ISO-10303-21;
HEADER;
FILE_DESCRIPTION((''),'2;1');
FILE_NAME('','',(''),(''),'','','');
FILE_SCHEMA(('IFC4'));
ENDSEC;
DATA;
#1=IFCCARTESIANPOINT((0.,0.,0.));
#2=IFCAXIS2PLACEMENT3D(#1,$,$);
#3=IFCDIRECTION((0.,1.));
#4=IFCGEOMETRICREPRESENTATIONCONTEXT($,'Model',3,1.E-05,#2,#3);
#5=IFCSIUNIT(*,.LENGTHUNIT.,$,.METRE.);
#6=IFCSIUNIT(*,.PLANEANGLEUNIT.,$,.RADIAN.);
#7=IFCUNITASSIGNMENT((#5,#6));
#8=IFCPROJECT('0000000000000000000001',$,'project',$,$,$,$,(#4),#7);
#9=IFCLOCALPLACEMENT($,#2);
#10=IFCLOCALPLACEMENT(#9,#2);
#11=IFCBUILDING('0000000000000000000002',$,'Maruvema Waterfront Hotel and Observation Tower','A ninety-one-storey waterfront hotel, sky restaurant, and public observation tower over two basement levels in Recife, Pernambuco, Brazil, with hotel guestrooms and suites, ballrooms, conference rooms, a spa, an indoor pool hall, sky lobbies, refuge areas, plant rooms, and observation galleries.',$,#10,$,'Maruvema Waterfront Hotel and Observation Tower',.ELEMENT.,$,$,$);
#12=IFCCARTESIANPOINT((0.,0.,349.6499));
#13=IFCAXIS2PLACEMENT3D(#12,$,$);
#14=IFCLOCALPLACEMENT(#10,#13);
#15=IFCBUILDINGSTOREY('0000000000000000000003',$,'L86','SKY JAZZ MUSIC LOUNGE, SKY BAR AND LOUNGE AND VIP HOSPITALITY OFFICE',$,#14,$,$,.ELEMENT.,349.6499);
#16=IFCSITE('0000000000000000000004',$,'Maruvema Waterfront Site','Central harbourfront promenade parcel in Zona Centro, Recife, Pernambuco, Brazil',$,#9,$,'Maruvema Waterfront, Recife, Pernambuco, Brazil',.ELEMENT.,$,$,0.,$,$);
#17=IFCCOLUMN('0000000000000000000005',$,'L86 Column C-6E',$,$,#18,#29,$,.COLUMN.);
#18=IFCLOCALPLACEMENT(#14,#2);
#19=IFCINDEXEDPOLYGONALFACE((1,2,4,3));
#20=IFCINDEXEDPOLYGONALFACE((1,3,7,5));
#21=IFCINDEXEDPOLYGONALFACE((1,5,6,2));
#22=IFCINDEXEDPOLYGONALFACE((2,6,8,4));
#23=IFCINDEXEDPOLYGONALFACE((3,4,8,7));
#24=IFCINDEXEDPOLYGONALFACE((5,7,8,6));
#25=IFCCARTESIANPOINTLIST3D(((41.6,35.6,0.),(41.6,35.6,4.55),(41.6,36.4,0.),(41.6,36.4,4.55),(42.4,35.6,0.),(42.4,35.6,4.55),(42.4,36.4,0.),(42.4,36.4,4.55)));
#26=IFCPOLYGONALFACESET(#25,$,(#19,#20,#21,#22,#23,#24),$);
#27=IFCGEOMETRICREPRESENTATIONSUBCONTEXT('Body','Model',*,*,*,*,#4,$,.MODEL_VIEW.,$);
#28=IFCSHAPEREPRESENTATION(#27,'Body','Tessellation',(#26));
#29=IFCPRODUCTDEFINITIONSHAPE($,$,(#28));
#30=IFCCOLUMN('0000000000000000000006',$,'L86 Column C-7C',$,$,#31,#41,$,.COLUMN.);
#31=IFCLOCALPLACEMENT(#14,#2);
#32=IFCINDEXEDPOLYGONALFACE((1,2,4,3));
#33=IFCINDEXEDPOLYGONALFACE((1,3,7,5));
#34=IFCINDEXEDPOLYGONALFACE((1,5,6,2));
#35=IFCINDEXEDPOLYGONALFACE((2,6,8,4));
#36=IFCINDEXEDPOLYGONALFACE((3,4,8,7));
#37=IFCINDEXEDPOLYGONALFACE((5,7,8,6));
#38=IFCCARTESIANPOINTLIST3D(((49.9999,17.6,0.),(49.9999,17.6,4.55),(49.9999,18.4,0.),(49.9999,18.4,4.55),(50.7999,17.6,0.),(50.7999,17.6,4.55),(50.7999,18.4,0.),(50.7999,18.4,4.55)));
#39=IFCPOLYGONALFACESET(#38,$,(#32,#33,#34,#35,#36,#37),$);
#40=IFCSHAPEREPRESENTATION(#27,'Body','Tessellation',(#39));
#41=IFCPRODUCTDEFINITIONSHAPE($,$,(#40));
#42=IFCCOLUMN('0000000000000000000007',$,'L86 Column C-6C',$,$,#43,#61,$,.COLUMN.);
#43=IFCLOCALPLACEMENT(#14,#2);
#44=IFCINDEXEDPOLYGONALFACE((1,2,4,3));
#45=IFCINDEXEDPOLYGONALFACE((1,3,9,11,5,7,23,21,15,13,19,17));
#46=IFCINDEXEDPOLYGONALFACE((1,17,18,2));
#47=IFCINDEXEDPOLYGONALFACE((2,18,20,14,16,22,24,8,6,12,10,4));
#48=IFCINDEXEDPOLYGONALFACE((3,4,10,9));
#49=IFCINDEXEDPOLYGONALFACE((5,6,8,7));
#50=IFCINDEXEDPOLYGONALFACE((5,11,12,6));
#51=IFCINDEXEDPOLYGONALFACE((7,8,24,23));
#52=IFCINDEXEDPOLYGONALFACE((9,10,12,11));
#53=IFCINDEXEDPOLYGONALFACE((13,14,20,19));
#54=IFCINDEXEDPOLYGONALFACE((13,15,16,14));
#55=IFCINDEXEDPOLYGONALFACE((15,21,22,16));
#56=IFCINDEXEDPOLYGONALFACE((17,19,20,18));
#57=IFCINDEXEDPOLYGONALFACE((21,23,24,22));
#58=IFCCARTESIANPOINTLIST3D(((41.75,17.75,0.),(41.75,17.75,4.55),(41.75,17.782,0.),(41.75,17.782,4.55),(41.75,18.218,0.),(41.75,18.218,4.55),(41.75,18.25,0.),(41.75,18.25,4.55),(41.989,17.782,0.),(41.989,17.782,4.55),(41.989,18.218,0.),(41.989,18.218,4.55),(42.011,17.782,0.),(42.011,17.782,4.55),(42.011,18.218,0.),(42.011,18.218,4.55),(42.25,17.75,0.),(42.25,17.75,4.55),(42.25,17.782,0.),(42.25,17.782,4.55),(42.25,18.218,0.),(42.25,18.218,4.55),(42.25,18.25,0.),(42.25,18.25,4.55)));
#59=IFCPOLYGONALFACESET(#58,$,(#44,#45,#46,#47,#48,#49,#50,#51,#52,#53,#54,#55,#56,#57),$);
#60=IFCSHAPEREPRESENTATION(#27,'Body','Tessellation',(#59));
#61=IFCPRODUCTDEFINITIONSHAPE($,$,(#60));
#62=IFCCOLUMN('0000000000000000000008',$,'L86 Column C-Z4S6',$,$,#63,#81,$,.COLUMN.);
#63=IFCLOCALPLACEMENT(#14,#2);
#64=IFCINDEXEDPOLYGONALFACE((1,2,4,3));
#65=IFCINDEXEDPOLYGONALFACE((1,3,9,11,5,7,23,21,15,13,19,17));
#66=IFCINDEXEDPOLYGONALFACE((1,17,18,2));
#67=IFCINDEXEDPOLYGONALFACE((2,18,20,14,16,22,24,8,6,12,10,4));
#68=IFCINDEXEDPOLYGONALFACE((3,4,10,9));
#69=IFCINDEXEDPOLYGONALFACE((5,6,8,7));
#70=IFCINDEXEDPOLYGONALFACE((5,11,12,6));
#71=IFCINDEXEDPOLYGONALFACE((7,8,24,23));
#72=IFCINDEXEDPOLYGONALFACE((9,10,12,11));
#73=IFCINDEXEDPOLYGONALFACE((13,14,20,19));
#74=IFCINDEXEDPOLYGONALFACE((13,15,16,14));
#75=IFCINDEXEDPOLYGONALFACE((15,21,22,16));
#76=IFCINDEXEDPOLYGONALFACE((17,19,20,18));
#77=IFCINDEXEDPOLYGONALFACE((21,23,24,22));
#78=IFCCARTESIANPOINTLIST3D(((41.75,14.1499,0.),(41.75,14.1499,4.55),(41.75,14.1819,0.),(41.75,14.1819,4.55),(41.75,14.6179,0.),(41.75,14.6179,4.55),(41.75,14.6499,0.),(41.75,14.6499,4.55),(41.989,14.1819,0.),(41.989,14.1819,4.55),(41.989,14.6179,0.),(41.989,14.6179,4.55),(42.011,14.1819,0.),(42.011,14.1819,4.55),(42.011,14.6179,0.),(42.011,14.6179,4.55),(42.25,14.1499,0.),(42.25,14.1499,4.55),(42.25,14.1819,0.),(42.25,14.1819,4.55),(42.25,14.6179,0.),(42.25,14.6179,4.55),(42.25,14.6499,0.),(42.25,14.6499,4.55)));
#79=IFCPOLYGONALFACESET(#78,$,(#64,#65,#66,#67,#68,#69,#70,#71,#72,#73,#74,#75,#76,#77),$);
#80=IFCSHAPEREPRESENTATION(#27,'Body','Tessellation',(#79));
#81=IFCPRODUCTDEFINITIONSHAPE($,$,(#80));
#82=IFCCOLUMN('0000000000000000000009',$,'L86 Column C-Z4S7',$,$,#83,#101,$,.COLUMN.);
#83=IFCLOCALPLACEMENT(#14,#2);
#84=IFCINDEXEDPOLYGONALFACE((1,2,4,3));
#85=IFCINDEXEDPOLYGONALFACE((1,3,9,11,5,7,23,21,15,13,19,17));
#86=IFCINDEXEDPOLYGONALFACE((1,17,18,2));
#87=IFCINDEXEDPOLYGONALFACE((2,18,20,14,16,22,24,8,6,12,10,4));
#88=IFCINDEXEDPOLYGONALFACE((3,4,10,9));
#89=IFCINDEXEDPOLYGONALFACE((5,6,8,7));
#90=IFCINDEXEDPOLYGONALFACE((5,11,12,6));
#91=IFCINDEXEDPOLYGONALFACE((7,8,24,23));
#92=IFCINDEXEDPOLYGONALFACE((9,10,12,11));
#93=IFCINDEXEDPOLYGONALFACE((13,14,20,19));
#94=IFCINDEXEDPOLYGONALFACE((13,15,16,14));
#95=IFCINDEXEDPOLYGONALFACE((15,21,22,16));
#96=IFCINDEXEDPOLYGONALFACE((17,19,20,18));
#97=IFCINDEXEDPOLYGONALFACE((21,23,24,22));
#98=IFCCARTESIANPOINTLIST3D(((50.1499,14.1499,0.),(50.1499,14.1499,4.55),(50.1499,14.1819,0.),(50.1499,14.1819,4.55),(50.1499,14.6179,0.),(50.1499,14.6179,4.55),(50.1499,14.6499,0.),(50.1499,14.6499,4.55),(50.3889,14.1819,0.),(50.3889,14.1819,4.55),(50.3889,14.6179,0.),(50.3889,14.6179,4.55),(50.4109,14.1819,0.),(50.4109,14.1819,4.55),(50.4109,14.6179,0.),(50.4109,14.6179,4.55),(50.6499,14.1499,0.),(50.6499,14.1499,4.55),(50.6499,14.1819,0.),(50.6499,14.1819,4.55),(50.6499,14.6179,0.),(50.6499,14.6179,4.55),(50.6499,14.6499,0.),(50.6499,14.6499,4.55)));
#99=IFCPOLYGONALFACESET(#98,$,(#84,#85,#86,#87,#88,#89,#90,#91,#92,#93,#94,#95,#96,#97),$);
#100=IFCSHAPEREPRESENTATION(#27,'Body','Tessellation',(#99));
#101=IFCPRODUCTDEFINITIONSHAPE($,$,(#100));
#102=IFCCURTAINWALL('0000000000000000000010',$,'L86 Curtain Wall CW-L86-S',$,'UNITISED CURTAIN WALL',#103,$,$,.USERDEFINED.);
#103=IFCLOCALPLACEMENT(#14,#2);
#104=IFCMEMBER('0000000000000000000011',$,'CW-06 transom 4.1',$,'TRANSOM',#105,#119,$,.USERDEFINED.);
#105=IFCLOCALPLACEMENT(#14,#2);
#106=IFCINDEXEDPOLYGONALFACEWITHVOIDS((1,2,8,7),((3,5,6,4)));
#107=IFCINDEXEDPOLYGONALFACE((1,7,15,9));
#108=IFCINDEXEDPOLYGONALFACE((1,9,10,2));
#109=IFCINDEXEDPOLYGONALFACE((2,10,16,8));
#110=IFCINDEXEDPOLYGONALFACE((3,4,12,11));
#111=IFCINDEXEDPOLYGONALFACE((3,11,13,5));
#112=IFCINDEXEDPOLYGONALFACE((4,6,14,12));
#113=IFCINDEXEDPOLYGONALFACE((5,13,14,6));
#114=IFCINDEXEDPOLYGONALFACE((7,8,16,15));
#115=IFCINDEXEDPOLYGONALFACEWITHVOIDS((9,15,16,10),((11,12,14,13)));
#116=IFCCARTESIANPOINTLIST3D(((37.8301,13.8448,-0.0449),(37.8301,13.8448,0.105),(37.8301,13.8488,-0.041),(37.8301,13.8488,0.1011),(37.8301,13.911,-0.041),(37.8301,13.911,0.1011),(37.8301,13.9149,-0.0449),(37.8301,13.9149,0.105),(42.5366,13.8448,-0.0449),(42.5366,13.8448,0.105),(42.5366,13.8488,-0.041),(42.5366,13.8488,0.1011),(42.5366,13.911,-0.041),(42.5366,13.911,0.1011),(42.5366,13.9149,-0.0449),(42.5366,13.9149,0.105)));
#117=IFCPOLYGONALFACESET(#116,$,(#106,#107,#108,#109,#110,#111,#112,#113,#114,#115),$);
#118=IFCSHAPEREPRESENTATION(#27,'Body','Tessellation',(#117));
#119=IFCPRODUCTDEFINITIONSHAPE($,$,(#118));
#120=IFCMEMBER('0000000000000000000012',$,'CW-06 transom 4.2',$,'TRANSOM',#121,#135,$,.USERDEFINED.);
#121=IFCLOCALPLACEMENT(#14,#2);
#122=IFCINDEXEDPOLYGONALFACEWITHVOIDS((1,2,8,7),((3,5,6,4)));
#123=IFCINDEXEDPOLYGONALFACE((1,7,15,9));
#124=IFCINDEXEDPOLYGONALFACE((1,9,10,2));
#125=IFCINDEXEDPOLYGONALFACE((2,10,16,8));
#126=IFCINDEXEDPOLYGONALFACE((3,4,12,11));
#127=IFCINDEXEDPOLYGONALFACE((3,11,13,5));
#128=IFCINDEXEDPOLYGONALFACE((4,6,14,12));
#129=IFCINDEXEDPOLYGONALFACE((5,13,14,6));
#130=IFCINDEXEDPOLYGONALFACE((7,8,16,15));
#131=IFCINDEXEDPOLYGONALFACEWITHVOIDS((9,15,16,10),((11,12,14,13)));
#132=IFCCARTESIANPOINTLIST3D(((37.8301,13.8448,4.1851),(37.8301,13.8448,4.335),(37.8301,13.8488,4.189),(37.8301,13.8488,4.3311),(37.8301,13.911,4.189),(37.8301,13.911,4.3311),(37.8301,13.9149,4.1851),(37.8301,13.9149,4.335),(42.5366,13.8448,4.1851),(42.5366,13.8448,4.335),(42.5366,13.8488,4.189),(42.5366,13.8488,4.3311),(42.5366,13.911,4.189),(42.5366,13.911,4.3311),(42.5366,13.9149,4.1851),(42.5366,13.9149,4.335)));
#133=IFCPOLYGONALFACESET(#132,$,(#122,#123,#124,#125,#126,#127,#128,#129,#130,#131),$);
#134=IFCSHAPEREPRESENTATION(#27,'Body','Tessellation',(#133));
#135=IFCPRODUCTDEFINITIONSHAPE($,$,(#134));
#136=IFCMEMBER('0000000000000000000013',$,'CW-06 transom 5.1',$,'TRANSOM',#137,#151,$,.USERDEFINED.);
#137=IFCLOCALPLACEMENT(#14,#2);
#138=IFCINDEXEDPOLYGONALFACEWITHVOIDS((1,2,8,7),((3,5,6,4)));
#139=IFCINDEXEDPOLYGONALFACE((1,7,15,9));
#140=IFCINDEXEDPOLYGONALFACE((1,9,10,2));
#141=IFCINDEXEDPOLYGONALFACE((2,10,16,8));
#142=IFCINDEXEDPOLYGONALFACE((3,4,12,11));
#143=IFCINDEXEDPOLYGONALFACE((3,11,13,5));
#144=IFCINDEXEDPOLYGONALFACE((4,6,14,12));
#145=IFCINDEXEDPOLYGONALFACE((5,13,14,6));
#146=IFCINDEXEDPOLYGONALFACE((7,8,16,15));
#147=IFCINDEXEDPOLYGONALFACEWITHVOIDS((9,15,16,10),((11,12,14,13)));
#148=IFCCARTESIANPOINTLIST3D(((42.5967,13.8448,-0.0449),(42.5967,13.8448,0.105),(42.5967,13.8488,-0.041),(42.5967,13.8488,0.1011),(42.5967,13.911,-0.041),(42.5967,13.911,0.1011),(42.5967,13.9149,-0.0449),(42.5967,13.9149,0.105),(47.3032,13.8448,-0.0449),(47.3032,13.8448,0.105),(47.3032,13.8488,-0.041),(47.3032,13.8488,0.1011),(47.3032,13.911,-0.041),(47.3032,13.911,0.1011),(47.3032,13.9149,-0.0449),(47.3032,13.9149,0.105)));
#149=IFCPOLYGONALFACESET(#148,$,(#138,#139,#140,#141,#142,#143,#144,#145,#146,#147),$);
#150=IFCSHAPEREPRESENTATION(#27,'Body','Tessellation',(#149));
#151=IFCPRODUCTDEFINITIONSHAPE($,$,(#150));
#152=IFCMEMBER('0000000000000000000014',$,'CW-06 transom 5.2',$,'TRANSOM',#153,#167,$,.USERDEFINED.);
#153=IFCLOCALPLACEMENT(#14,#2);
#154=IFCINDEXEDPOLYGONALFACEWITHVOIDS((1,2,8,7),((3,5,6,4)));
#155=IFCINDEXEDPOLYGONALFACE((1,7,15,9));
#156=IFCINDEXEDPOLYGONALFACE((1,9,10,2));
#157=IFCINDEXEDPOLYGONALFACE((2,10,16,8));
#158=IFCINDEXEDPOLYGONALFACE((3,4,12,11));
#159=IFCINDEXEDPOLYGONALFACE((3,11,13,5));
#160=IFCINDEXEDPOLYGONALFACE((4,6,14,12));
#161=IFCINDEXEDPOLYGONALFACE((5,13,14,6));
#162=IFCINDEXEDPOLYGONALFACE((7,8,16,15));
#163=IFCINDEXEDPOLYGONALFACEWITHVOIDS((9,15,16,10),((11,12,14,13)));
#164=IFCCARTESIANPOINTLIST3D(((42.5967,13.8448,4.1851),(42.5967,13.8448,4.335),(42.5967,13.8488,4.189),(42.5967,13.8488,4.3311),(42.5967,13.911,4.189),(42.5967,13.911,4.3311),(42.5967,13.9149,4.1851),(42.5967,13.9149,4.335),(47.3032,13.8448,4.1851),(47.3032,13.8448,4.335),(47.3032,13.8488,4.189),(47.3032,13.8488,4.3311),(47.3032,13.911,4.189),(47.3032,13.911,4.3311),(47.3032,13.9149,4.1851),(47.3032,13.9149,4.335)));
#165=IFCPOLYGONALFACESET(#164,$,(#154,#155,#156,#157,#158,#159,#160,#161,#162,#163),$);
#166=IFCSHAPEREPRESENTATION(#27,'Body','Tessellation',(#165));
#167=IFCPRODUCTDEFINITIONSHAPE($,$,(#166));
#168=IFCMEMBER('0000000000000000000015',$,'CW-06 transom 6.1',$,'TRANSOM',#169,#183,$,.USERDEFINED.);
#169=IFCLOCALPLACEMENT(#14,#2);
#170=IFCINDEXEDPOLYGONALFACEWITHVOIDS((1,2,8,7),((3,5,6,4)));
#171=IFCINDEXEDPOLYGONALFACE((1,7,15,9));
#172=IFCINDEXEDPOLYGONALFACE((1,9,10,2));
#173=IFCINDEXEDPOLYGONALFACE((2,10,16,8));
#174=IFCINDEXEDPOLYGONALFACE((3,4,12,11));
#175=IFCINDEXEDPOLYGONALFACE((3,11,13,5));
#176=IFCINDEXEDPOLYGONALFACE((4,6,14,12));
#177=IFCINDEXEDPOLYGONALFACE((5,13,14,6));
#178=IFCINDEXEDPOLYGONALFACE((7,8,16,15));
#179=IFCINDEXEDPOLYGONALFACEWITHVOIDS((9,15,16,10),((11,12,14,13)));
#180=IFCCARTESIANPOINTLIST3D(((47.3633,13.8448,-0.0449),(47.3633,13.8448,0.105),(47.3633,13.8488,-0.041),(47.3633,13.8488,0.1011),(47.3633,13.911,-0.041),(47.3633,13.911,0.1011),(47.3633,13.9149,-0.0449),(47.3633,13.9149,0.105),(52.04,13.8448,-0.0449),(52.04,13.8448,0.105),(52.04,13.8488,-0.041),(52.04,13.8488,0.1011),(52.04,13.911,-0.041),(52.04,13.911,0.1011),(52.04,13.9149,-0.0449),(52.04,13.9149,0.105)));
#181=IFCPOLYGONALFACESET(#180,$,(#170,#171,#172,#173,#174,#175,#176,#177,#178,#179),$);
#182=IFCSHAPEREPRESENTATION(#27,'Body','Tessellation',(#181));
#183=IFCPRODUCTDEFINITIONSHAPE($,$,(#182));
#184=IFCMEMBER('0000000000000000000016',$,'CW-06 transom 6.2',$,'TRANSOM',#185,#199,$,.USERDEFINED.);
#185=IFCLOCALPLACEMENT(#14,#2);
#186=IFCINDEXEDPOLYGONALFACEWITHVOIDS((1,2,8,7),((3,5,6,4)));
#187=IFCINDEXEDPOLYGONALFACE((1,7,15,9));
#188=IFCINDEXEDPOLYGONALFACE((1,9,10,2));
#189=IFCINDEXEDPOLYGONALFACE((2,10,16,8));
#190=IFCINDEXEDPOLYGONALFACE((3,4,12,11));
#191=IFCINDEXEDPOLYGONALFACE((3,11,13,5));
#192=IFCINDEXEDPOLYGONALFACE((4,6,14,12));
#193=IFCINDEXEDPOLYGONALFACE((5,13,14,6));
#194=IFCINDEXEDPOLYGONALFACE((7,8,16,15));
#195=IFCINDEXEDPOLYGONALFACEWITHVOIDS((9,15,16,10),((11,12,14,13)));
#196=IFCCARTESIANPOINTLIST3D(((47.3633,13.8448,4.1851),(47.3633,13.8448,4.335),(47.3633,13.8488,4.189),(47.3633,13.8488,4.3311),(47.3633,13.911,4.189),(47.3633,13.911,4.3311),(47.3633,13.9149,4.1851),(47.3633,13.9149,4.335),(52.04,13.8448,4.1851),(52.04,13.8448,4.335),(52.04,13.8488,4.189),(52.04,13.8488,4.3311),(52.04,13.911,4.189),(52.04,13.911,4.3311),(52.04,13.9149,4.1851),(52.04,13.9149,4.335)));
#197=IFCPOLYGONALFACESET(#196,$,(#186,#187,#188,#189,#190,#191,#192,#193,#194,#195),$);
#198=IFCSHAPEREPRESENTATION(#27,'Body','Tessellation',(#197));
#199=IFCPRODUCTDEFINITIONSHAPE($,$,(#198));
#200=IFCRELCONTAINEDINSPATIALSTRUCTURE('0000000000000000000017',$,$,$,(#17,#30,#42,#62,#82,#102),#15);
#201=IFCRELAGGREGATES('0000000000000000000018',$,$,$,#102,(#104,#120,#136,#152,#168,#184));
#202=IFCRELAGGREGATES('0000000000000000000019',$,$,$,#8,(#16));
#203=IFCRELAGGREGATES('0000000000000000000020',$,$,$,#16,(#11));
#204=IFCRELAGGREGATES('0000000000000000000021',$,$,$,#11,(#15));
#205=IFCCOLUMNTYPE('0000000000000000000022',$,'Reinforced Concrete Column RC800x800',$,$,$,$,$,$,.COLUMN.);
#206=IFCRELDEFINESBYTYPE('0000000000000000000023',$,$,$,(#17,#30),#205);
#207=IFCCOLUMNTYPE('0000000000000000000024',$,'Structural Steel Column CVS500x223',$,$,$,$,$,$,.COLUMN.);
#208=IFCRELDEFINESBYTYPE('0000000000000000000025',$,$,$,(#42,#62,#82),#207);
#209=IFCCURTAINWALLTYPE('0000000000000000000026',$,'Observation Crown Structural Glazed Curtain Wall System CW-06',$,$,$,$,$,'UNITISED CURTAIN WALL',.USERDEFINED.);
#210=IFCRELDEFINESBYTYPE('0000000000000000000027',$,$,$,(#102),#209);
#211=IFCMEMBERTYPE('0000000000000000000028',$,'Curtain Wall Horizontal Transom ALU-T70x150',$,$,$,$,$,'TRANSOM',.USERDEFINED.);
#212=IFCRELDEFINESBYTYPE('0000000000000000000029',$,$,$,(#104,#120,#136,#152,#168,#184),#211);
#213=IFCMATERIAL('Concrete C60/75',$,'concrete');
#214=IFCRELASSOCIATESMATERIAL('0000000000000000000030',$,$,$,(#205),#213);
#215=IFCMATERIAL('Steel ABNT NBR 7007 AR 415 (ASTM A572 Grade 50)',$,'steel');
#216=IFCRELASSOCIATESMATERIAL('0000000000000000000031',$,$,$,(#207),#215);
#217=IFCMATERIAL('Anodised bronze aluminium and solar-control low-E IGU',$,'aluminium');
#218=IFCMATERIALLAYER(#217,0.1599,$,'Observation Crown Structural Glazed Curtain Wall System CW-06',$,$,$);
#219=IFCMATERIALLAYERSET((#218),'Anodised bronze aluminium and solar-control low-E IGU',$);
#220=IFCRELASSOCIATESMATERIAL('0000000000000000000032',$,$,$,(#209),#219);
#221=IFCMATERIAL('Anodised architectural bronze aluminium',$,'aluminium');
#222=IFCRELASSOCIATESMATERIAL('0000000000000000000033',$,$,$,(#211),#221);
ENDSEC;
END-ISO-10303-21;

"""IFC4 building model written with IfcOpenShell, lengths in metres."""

from ifc_helpers import new_model, si_unit, direction, frame, origin, origin_2d, place, context, subcontext, project, spatial, rectangle, hollow_rectangle, i_section, extrude, material, layer, layer_set, material_profile, profile_set, type_object, element, aggregate, save


model = new_model("IFC4")

# Units and contexts
model_context = context("Model", 3, precision=1e-05, world=origin(), true_north=direction((0.0, 1.0)))
body_context = subcontext(model_context, "Body", "Model", "MODEL_VIEW")
ifc_project = project(units=[si_unit("LENGTHUNIT", "METRE"), si_unit("PLANEANGLEUNIT", "RADIAN")], contexts=[model_context])

# Site, building, storey
site_placement = place(None, origin())
site = spatial("IfcSite", under=ifc_project, at=site_placement, Name="Maruvema Waterfront Site", Description="Central harbourfront promenade parcel in Zona Centro, Recife, Pernambuco, Brazil", LongName="Maruvema Waterfront, Recife, Pernambuco, Brazil", CompositionType="ELEMENT", RefElevation=0.0)
building_placement = place(site_placement, origin())
building = spatial("IfcBuilding", under=site, at=building_placement, Name="Maruvema Waterfront Hotel and Observation Tower", Description="A ninety-one-storey waterfront hotel, sky restaurant, and public observation tower over two basement levels in Recife, Pernambuco, Brazil, with hotel guestrooms and suites, ballrooms, conference rooms, a spa, an indoor pool hall, sky lobbies, refuge areas, plant rooms, and observation galleries.", LongName="Maruvema Waterfront Hotel and Observation Tower", CompositionType="ELEMENT")
storey_placement = place(building_placement, frame((0.0, 0.0, 349.6499)))
storey = spatial("IfcBuildingStorey", under=building, at=storey_placement, Name="L86", Description="SKY JAZZ MUSIC LOUNGE, SKY BAR AND LOUNGE AND VIP HOSPITALITY OFFICE", CompositionType="ELEMENT", Elevation=349.6499)

# Columns
ifc_material_1 = material(Name="Concrete C60/75", Category="concrete")
ifc_material_profile_1 = material_profile(ifc_material_1, rectangle(XDim=0.8, YDim=0.8, at=origin_2d()), Name="RC800x800")
ifc_profile_set_1 = profile_set([ifc_material_profile_1], Name="Concrete C60/75")
column_type_1 = type_object("IfcColumnType", Name="Reinforced Concrete Column RC800x800", PredefinedType="COLUMN", material=ifc_profile_set_1)
for number, where, z_axis, x_axis, name in (
    (1, (42.0, 36.0, 0.0), (0.0, 0.0, 1.0), (1.0, 0.0, 0.0), "L86 Column C-6E"),
    (2, (50.3999, 18.0, 0.0), (0.0, 0.0, 1.0), (1.0, 0.0, 0.0), "L86 Column C-7C"),
):
    element("IfcColumn", number, at=place(storey_placement, frame(where, z_axis=z_axis, x_axis=x_axis)), inside=storey, type_object=column_type_1, Name=name, PredefinedType="COLUMN", context=body_context, shape_type="SweptSolid", body=[
        extrude(rectangle(XDim=0.8, YDim=0.8, at=origin_2d()), origin(), (0.0, 0.0, 1.0), 4.55),
    ])
ifc_material_2 = material(Name="Steel ABNT NBR 7007 AR 415 (ASTM A572 Grade 50)", Category="steel")
ifc_material_profile_2 = material_profile(ifc_material_2, i_section(OverallWidth=0.5, OverallDepth=0.5, WebThickness=0.022, FlangeThickness=0.032, at=origin_2d()), Name="CVS500x223")
ifc_profile_set_2 = profile_set([ifc_material_profile_2], Name="Steel ABNT NBR 7007 AR 415 (ASTM A572 Grade 50)")
column_type_2 = type_object("IfcColumnType", Name="Structural Steel Column CVS500x223", PredefinedType="COLUMN", material=ifc_profile_set_2)
for number, where, z_axis, x_axis, name in (
    (3, (42.0, 18.0, 0.0), (0.0, 0.0, 1.0), (1.0, 0.0, 0.0), "L86 Column C-6C"),
    (4, (42.0, 14.3999, 0.0), (0.0, 0.0, 1.0), (1.0, 0.0, 0.0), "L86 Column C-Z4S6"),
    (5, (50.3999, 14.3999, 0.0), (0.0, 0.0, 1.0), (1.0, 0.0, 0.0), "L86 Column C-Z4S7"),
):
    element("IfcColumn", number, at=place(storey_placement, frame(where, z_axis=z_axis, x_axis=x_axis)), inside=storey, type_object=column_type_2, Name=name, PredefinedType="COLUMN", context=body_context, shape_type="SweptSolid", body=[
        extrude(i_section(OverallWidth=0.5, OverallDepth=0.5, WebThickness=0.022, FlangeThickness=0.032, at=origin_2d()), origin(), (0.0, 0.0, 1.0), 4.55),
    ])

# Curtain wall, members
ifc_material_3 = material(Name="Anodised bronze aluminium and solar-control low-E IGU", Category="aluminium")
ifc_layer_1 = layer(ifc_material_3, 0.1599, Name="Observation Crown Structural Glazed Curtain Wall System CW-06")
ifc_layer_set_1 = layer_set([ifc_layer_1], Name="Anodised bronze aluminium and solar-control low-E IGU")
curtain_wall_type = type_object("IfcCurtainWallType", Name="Observation Crown Structural Glazed Curtain Wall System CW-06", ElementType="UNITISED CURTAIN WALL", PredefinedType="USERDEFINED", material=ifc_layer_set_1)
curtain_wall_placement = place(storey_placement, origin())
curtain_wall = element("IfcCurtainWall", 6, at=curtain_wall_placement, inside=storey, type_object=curtain_wall_type, Name="L86 Curtain Wall CW-L86-S", ObjectType="UNITISED CURTAIN WALL", PredefinedType="USERDEFINED")
ifc_material_4 = material(Name="Anodised architectural bronze aluminium", Category="aluminium")
ifc_material_profile_3 = material_profile(ifc_material_4, hollow_rectangle(XDim=0.0701, YDim=0.1499, WallThickness=0.0039, at=origin_2d()), Name="ALU-T70x150")
ifc_profile_set_3 = profile_set([ifc_material_profile_3], Name="Anodised architectural bronze aluminium")
member_type_1 = type_object("IfcMemberType", Name="Curtain Wall Horizontal Transom ALU-T70x150", ElementType="TRANSOM", PredefinedType="USERDEFINED", material=ifc_profile_set_3)
member_1_placement = place(storey_placement, frame((37.8301, 13.8799, 0.03), z_axis=(1.0, 0.0, 0.0), x_axis=(0.0, 1.0, 0.0)))
member_1 = element("IfcMember", 7, at=member_1_placement, type_object=member_type_1, Name="CW-06 transom 4.1", ObjectType="TRANSOM", PredefinedType="USERDEFINED", context=body_context, shape_type="SweptSolid", body=[
    extrude(hollow_rectangle(XDim=0.0701, YDim=0.1499, WallThickness=0.0039, at=origin_2d()), origin(), (0.0, 0.0, 1.0), 4.7065),
])
member_2_placement = place(storey_placement, frame((37.8301, 13.8799, 4.26), z_axis=(1.0, 0.0, 0.0), x_axis=(0.0, 1.0, 0.0)))
member_2 = element("IfcMember", 8, at=member_2_placement, type_object=member_type_1, Name="CW-06 transom 4.2", ObjectType="TRANSOM", PredefinedType="USERDEFINED", context=body_context, shape_type="SweptSolid", body=[
    extrude(hollow_rectangle(XDim=0.0701, YDim=0.1499, WallThickness=0.0039, at=origin_2d()), origin(), (0.0, 0.0, 1.0), 4.7065),
])
member_3_placement = place(storey_placement, frame((42.5967, 13.8799, 0.03), z_axis=(1.0, 0.0, 0.0), x_axis=(0.0, 1.0, 0.0)))
member_3 = element("IfcMember", 9, at=member_3_placement, type_object=member_type_1, Name="CW-06 transom 5.1", ObjectType="TRANSOM", PredefinedType="USERDEFINED", context=body_context, shape_type="SweptSolid", body=[
    extrude(hollow_rectangle(XDim=0.0701, YDim=0.1499, WallThickness=0.0039, at=origin_2d()), origin(), (0.0, 0.0, 1.0), 4.7065),
])
member_4_placement = place(storey_placement, frame((42.5967, 13.8799, 4.26), z_axis=(1.0, 0.0, 0.0), x_axis=(0.0, 1.0, 0.0)))
member_4 = element("IfcMember", 10, at=member_4_placement, type_object=member_type_1, Name="CW-06 transom 5.2", ObjectType="TRANSOM", PredefinedType="USERDEFINED", context=body_context, shape_type="SweptSolid", body=[
    extrude(hollow_rectangle(XDim=0.0701, YDim=0.1499, WallThickness=0.0039, at=origin_2d()), origin(), (0.0, 0.0, 1.0), 4.7065),
])
member_5_placement = place(storey_placement, frame((47.3633, 13.8799, 0.03), z_axis=(1.0, 0.0, 0.0), x_axis=(0.0, 1.0, 0.0)))
member_5 = element("IfcMember", 11, at=member_5_placement, type_object=member_type_1, Name="CW-06 transom 6.1", ObjectType="TRANSOM", PredefinedType="USERDEFINED", context=body_context, shape_type="SweptSolid", body=[
    extrude(hollow_rectangle(XDim=0.0701, YDim=0.1499, WallThickness=0.0039, at=origin_2d()), origin(), (0.0, 0.0, 1.0), 4.6768),
])
member_6_placement = place(storey_placement, frame((47.3633, 13.8799, 4.26), z_axis=(1.0, 0.0, 0.0), x_axis=(0.0, 1.0, 0.0)))
member_6 = element("IfcMember", 12, at=member_6_placement, type_object=member_type_1, Name="CW-06 transom 6.2", ObjectType="TRANSOM", PredefinedType="USERDEFINED", context=body_context, shape_type="SweptSolid", body=[
    extrude(hollow_rectangle(XDim=0.0701, YDim=0.1499, WallThickness=0.0039, at=origin_2d()), origin(), (0.0, 0.0, 1.0), 4.6768),
])

aggregate(curtain_wall, [member_1, member_2, member_3, member_4, member_5, member_6])

save(model, "model.ifc")
